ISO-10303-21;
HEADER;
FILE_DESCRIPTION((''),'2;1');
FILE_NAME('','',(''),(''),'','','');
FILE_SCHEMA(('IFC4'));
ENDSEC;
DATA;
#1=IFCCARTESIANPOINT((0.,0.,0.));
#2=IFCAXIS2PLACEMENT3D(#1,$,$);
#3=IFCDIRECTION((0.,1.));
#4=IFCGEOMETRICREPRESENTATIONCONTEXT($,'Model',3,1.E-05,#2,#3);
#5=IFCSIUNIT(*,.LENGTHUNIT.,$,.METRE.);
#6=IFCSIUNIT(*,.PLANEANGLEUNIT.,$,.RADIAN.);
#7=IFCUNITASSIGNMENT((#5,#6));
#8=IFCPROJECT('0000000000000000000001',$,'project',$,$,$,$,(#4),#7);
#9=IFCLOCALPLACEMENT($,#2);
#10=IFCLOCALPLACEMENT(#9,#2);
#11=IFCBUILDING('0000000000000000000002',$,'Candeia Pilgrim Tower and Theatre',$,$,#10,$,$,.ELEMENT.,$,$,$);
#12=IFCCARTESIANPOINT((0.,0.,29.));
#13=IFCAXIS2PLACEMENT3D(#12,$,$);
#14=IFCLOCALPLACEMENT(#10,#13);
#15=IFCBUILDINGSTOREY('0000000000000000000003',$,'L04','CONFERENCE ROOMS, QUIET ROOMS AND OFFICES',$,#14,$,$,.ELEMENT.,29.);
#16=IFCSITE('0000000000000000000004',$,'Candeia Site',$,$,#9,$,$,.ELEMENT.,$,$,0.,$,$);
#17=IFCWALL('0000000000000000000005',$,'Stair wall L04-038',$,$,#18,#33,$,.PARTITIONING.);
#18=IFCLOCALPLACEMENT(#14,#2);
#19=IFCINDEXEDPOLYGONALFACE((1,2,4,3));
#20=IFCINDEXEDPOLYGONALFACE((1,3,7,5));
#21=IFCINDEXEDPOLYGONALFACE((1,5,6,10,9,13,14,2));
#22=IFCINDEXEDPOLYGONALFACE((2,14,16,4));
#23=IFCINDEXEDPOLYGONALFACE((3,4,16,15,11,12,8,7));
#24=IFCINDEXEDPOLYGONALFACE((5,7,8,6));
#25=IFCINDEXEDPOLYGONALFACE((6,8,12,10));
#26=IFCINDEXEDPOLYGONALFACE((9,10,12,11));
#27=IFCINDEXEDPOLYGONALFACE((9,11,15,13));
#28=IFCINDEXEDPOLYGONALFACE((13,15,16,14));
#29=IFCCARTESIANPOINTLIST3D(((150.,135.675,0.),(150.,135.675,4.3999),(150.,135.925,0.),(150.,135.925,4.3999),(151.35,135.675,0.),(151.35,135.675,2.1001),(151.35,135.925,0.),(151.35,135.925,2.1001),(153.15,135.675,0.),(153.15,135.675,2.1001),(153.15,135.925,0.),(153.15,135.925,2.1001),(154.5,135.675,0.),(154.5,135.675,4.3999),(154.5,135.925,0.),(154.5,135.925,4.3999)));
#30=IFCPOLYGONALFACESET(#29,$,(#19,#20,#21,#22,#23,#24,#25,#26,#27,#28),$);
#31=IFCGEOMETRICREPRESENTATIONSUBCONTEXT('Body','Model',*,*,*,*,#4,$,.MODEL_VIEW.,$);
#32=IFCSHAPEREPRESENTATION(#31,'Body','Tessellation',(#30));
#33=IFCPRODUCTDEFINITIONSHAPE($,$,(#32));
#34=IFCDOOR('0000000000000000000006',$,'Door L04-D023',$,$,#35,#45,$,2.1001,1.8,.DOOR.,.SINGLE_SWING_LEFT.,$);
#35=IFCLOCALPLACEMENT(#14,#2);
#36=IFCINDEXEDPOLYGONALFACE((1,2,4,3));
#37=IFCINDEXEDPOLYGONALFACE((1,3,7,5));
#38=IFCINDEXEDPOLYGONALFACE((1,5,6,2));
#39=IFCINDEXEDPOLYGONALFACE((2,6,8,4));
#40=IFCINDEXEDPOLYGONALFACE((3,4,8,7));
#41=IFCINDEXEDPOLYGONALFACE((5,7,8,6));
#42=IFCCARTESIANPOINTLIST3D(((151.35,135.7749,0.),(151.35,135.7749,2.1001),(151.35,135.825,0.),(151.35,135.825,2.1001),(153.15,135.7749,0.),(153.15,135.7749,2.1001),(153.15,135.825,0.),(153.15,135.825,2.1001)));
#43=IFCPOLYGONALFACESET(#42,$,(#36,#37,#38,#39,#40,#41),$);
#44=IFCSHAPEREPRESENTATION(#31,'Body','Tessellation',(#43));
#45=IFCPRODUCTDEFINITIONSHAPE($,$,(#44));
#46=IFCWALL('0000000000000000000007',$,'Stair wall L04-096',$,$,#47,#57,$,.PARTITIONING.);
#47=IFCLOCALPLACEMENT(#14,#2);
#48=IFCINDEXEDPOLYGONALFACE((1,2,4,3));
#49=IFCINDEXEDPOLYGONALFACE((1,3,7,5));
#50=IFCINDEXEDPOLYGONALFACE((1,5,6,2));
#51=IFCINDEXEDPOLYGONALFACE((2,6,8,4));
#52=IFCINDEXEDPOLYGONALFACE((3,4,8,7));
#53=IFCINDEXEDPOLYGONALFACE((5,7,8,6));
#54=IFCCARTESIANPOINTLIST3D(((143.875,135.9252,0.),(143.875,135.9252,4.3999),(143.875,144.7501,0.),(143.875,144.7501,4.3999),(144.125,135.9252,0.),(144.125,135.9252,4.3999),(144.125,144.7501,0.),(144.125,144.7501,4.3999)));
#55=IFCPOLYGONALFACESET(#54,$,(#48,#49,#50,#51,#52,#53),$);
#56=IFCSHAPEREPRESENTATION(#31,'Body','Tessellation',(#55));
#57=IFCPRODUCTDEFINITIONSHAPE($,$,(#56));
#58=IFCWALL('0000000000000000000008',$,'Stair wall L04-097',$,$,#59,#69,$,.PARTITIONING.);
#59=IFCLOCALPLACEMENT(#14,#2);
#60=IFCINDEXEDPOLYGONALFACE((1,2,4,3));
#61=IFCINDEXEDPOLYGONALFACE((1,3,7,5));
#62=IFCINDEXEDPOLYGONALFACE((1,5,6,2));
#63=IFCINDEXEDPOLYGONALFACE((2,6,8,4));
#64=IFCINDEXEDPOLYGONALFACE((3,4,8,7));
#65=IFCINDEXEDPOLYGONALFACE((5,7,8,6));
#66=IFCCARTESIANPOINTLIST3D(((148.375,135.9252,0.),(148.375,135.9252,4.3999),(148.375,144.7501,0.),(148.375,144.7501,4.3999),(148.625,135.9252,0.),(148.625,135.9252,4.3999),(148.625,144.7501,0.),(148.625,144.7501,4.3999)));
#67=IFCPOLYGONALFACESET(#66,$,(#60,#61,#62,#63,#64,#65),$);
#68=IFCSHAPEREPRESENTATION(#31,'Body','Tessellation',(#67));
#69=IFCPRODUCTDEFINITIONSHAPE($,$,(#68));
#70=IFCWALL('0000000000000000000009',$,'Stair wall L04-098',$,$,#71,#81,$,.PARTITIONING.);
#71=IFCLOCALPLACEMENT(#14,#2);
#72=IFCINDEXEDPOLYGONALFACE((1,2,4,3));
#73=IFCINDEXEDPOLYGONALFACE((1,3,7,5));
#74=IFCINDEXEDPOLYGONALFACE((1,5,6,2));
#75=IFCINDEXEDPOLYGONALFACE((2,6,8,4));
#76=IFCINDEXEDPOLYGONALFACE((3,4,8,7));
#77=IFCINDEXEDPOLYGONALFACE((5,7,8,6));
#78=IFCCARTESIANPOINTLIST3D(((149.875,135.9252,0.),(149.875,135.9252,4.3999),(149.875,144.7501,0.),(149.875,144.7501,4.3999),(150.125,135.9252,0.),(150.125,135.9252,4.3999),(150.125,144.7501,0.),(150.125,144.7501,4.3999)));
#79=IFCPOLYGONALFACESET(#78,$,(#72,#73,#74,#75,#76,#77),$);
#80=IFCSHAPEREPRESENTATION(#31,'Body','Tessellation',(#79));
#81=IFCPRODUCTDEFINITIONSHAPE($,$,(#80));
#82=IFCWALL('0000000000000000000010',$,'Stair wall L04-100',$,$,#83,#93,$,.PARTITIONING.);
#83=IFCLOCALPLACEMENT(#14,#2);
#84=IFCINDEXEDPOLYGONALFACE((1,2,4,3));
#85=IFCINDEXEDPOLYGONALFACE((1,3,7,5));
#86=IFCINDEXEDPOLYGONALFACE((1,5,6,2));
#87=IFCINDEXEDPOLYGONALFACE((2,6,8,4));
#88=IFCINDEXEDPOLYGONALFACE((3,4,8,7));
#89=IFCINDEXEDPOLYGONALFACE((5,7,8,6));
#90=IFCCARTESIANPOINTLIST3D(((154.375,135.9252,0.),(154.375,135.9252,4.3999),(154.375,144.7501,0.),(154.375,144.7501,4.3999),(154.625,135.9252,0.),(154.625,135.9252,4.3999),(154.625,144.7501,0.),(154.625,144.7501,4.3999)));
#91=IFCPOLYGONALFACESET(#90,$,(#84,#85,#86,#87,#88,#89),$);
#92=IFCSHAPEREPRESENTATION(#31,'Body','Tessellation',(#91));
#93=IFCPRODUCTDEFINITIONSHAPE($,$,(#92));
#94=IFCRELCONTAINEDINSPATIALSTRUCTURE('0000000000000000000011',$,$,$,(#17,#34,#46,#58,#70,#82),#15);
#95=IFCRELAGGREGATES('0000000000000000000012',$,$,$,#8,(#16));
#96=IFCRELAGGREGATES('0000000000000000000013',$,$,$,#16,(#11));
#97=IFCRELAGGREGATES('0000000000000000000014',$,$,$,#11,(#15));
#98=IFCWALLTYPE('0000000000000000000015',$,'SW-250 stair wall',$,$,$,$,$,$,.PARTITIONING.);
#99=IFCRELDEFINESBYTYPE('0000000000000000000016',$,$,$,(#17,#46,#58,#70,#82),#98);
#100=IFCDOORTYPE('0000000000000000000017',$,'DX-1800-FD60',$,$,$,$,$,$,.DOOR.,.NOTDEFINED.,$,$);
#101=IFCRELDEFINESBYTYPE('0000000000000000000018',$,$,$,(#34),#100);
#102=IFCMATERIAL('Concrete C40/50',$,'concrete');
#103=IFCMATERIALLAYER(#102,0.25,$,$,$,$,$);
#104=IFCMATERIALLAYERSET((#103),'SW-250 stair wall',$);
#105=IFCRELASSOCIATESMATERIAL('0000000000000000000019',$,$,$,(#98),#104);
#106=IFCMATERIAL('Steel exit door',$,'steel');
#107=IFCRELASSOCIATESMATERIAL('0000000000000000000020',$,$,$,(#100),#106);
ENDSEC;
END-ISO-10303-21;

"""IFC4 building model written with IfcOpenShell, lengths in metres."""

from ifc_helpers import new_model, si_unit, direction, frame, frame_2d, origin, place, context, subcontext, project, spatial, rectangle, extrude, material, layer, layer_set, type_object, element, fill, save


model = new_model("IFC4")

# Units and contexts
model_context = context("Model", 3, precision=1e-05, world=origin(), true_north=direction((0.0, 1.0)))
body_context = subcontext(model_context, "Body", "Model", "MODEL_VIEW")
ifc_project = project(units=[si_unit("LENGTHUNIT", "METRE"), si_unit("PLANEANGLEUNIT", "RADIAN")], contexts=[model_context])

# Site, building, storey
site_placement = place(None, origin())
site = spatial("IfcSite", under=ifc_project, at=site_placement, Name="Candeia Site", CompositionType="ELEMENT", RefElevation=0.0)
building_placement = place(site_placement, origin())
building = spatial("IfcBuilding", under=site, at=building_placement, Name="Candeia Pilgrim Tower and Theatre", CompositionType="ELEMENT")
storey_placement = place(building_placement, frame((0.0, 0.0, 29.0)))
storey = spatial("IfcBuildingStorey", under=building, at=storey_placement, Name="L04", Description="CONFERENCE ROOMS, QUIET ROOMS AND OFFICES", CompositionType="ELEMENT", Elevation=29.0)

# Wall, opening, door
ifc_material_1 = material(Name="Concrete C40/50", Category="concrete")
ifc_layer_1 = layer(ifc_material_1, 0.25)
ifc_layer_set_1 = layer_set([ifc_layer_1], Name="SW-250 stair wall")
wall_type_1 = type_object("IfcWallType", Name="SW-250 stair wall", PredefinedType="PARTITIONING", material=ifc_layer_set_1)
wall_1_placement = place(storey_placement, frame((150.0, 135.8, 0.0), z_axis=(0.0, 0.0, 1.0), x_axis=(1.0, 0.0, 0.0)))
wall_1 = element("IfcWall", 1, at=wall_1_placement, inside=storey, type_object=wall_type_1, Name="Stair wall L04-038", PredefinedType="PARTITIONING", context=body_context, shape_type="SweptSolid", body=[
    extrude(rectangle(XDim=4.5, YDim=0.25, at=frame_2d((2.25, 0.0))), origin(), (0.0, 0.0, 1.0), 4.3999),
])
opening_placement = place(wall_1_placement, frame((1.3501, 0.0, 0.0)))
opening = element("IfcOpeningElement", 2, at=opening_placement, cuts=wall_1, PredefinedType="OPENING", context=body_context, shape_type="SweptSolid", body=[
    extrude(rectangle(XDim=1.8, YDim=2.1001, at=frame_2d((0.8999, 1.05))), frame((0.0, 0.135, 0.0), z_axis=(0.0, -1.0, 0.0), x_axis=(1.0, 0.0, 0.0)), (0.0, 0.0, 1.0), 0.27),
])
ifc_material_2 = material(Name="Steel exit door", Category="steel")
door_type = type_object("IfcDoorType", Name="DX-1800-FD60", OperationType="NOTDEFINED", PredefinedType="DOOR", material=ifc_material_2)
door_placement = place(opening_placement, origin())
door = element("IfcDoor", 3, at=door_placement, inside=storey, type_object=door_type, Name="Door L04-D023", OperationType="SINGLE_SWING_LEFT", OverallHeight=2.1001, OverallWidth=1.8, PredefinedType="DOOR", context=body_context, shape_type="SweptSolid", body=[
    extrude(rectangle(XDim=1.8, YDim=2.1001, at=frame_2d((0.8999, 1.05))), frame((0.0, 0.0249, 0.0), z_axis=(0.0, -1.0, 0.0), x_axis=(1.0, 0.0, 0.0)), (0.0, 0.0, 1.0), 0.05),
])
fill(opening, door)

# Walls
for number, where, z_axis, x_axis, name in (
    (4, (144.0, 135.925, 0.0), (0.0, 0.0, 1.0), (0.0, 1.0, 0.0), "Stair wall L04-096"),
    (5, (148.5, 135.925, 0.0), (0.0, 0.0, 1.0), (0.0, 1.0, 0.0), "Stair wall L04-097"),
    (6, (150.0, 135.925, 0.0), (0.0, 0.0, 1.0), (0.0, 1.0, 0.0), "Stair wall L04-098"),
    (7, (154.5, 135.925, 0.0), (0.0, 0.0, 1.0), (0.0, 1.0, 0.0), "Stair wall L04-100"),
):
    element("IfcWall", number, at=place(storey_placement, frame(where, z_axis=z_axis, x_axis=x_axis)), inside=storey, type_object=wall_type_1, Name=name, PredefinedType="PARTITIONING", context=body_context, shape_type="SweptSolid", body=[
        extrude(rectangle(XDim=8.825, YDim=0.25, at=frame_2d((4.4126, 0.0))), origin(), (0.0, 0.0, 1.0), 4.3999),
    ])

save(model, "model.ifc")
